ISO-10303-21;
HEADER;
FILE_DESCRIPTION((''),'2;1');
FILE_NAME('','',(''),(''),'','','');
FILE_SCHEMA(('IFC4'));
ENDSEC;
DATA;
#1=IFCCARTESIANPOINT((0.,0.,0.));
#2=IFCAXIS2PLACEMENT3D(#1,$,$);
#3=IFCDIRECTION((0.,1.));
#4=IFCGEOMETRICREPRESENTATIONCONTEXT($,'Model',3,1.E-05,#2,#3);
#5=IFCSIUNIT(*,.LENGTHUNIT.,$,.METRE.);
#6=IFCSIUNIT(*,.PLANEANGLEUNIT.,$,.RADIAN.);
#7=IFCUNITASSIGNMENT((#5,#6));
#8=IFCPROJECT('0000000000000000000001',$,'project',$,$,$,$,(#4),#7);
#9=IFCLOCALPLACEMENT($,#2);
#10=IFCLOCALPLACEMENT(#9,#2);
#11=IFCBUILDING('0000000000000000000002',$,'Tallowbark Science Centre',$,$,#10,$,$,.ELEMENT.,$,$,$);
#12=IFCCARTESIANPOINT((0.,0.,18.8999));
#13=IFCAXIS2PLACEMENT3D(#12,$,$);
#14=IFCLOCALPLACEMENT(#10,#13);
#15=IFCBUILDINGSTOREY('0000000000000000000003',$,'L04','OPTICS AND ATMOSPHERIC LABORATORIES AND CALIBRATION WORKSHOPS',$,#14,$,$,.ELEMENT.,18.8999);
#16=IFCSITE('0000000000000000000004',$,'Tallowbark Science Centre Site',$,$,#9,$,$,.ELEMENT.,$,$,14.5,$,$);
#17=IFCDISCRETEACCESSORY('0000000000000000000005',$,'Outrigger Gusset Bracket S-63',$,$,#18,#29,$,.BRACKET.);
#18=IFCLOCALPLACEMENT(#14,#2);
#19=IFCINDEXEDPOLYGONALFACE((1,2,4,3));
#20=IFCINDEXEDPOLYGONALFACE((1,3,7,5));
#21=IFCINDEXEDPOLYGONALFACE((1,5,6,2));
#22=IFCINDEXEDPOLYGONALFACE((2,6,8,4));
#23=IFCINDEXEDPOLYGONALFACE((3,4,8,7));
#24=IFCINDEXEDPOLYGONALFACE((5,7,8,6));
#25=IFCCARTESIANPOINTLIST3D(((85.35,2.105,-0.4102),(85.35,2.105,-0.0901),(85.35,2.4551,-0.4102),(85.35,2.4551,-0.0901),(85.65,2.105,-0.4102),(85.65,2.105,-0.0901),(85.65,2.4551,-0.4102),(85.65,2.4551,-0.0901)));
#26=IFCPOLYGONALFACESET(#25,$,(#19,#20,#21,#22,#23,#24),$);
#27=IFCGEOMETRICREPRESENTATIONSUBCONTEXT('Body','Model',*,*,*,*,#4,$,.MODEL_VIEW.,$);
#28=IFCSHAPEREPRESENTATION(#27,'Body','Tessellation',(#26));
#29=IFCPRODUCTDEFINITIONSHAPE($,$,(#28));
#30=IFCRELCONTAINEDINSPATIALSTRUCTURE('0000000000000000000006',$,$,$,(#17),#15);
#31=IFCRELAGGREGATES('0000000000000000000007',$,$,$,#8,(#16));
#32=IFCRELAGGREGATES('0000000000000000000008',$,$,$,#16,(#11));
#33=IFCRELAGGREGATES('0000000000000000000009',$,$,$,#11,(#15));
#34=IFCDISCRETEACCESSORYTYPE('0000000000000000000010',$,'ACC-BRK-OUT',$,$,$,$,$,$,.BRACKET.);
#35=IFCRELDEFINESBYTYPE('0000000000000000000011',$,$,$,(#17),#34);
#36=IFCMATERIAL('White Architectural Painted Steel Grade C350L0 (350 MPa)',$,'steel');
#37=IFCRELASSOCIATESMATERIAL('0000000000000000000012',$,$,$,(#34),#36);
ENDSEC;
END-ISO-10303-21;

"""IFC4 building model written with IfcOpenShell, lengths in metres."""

from ifc_helpers import new_model, si_unit, direction, frame, origin, origin_2d, place, context, subcontext, project, spatial, rectangle, extrude, material, type_object, element, save


model = new_model("IFC4")

# Units and contexts
model_context = context("Model", 3, precision=1e-05, world=origin(), true_north=direction((0.0, 1.0)))
body_context = subcontext(model_context, "Body", "Model", "MODEL_VIEW")
ifc_project = project(units=[si_unit("LENGTHUNIT", "METRE"), si_unit("PLANEANGLEUNIT", "RADIAN")], contexts=[model_context])

# Site, building, storey
site_placement = place(None, origin())
site = spatial("IfcSite", under=ifc_project, at=site_placement, Name="Tallowbark Science Centre Site", CompositionType="ELEMENT", RefElevation=14.5)
building_placement = place(site_placement, origin())
building = spatial("IfcBuilding", under=site, at=building_placement, Name="Tallowbark Science Centre", CompositionType="ELEMENT")
storey_placement = place(building_placement, frame((0.0, 0.0, 18.8999)))
storey = spatial("IfcBuildingStorey", under=building, at=storey_placement, Name="L04", Description="OPTICS AND ATMOSPHERIC LABORATORIES AND CALIBRATION WORKSHOPS", CompositionType="ELEMENT", Elevation=18.8999)

# Shared definitions
ifc_material_1 = material(Name="White Architectural Painted Steel Grade C350L0 (350 MPa)", Category="steel")

# Discrete accessory
discrete_accessory_type = type_object("IfcDiscreteAccessoryType", Name="ACC-BRK-OUT", PredefinedType="BRACKET", material=ifc_material_1)
discrete_accessory_placement = place(storey_placement, frame((85.5, 2.28, -0.4102), z_axis=(0.0, 0.0, 1.0), x_axis=(1.0, 0.0, 0.0)))
element("IfcDiscreteAccessory", 1, at=discrete_accessory_placement, inside=storey, type_object=discrete_accessory_type, Name="Outrigger Gusset Bracket S-63", PredefinedType="BRACKET", context=body_context, shape_type="SweptSolid", body=[
    extrude(rectangle(XDim=0.3, YDim=0.3501, at=origin_2d()), origin(), (0.0, 0.0, 1.0), 0.3201),
])

save(model, "model.ifc")
